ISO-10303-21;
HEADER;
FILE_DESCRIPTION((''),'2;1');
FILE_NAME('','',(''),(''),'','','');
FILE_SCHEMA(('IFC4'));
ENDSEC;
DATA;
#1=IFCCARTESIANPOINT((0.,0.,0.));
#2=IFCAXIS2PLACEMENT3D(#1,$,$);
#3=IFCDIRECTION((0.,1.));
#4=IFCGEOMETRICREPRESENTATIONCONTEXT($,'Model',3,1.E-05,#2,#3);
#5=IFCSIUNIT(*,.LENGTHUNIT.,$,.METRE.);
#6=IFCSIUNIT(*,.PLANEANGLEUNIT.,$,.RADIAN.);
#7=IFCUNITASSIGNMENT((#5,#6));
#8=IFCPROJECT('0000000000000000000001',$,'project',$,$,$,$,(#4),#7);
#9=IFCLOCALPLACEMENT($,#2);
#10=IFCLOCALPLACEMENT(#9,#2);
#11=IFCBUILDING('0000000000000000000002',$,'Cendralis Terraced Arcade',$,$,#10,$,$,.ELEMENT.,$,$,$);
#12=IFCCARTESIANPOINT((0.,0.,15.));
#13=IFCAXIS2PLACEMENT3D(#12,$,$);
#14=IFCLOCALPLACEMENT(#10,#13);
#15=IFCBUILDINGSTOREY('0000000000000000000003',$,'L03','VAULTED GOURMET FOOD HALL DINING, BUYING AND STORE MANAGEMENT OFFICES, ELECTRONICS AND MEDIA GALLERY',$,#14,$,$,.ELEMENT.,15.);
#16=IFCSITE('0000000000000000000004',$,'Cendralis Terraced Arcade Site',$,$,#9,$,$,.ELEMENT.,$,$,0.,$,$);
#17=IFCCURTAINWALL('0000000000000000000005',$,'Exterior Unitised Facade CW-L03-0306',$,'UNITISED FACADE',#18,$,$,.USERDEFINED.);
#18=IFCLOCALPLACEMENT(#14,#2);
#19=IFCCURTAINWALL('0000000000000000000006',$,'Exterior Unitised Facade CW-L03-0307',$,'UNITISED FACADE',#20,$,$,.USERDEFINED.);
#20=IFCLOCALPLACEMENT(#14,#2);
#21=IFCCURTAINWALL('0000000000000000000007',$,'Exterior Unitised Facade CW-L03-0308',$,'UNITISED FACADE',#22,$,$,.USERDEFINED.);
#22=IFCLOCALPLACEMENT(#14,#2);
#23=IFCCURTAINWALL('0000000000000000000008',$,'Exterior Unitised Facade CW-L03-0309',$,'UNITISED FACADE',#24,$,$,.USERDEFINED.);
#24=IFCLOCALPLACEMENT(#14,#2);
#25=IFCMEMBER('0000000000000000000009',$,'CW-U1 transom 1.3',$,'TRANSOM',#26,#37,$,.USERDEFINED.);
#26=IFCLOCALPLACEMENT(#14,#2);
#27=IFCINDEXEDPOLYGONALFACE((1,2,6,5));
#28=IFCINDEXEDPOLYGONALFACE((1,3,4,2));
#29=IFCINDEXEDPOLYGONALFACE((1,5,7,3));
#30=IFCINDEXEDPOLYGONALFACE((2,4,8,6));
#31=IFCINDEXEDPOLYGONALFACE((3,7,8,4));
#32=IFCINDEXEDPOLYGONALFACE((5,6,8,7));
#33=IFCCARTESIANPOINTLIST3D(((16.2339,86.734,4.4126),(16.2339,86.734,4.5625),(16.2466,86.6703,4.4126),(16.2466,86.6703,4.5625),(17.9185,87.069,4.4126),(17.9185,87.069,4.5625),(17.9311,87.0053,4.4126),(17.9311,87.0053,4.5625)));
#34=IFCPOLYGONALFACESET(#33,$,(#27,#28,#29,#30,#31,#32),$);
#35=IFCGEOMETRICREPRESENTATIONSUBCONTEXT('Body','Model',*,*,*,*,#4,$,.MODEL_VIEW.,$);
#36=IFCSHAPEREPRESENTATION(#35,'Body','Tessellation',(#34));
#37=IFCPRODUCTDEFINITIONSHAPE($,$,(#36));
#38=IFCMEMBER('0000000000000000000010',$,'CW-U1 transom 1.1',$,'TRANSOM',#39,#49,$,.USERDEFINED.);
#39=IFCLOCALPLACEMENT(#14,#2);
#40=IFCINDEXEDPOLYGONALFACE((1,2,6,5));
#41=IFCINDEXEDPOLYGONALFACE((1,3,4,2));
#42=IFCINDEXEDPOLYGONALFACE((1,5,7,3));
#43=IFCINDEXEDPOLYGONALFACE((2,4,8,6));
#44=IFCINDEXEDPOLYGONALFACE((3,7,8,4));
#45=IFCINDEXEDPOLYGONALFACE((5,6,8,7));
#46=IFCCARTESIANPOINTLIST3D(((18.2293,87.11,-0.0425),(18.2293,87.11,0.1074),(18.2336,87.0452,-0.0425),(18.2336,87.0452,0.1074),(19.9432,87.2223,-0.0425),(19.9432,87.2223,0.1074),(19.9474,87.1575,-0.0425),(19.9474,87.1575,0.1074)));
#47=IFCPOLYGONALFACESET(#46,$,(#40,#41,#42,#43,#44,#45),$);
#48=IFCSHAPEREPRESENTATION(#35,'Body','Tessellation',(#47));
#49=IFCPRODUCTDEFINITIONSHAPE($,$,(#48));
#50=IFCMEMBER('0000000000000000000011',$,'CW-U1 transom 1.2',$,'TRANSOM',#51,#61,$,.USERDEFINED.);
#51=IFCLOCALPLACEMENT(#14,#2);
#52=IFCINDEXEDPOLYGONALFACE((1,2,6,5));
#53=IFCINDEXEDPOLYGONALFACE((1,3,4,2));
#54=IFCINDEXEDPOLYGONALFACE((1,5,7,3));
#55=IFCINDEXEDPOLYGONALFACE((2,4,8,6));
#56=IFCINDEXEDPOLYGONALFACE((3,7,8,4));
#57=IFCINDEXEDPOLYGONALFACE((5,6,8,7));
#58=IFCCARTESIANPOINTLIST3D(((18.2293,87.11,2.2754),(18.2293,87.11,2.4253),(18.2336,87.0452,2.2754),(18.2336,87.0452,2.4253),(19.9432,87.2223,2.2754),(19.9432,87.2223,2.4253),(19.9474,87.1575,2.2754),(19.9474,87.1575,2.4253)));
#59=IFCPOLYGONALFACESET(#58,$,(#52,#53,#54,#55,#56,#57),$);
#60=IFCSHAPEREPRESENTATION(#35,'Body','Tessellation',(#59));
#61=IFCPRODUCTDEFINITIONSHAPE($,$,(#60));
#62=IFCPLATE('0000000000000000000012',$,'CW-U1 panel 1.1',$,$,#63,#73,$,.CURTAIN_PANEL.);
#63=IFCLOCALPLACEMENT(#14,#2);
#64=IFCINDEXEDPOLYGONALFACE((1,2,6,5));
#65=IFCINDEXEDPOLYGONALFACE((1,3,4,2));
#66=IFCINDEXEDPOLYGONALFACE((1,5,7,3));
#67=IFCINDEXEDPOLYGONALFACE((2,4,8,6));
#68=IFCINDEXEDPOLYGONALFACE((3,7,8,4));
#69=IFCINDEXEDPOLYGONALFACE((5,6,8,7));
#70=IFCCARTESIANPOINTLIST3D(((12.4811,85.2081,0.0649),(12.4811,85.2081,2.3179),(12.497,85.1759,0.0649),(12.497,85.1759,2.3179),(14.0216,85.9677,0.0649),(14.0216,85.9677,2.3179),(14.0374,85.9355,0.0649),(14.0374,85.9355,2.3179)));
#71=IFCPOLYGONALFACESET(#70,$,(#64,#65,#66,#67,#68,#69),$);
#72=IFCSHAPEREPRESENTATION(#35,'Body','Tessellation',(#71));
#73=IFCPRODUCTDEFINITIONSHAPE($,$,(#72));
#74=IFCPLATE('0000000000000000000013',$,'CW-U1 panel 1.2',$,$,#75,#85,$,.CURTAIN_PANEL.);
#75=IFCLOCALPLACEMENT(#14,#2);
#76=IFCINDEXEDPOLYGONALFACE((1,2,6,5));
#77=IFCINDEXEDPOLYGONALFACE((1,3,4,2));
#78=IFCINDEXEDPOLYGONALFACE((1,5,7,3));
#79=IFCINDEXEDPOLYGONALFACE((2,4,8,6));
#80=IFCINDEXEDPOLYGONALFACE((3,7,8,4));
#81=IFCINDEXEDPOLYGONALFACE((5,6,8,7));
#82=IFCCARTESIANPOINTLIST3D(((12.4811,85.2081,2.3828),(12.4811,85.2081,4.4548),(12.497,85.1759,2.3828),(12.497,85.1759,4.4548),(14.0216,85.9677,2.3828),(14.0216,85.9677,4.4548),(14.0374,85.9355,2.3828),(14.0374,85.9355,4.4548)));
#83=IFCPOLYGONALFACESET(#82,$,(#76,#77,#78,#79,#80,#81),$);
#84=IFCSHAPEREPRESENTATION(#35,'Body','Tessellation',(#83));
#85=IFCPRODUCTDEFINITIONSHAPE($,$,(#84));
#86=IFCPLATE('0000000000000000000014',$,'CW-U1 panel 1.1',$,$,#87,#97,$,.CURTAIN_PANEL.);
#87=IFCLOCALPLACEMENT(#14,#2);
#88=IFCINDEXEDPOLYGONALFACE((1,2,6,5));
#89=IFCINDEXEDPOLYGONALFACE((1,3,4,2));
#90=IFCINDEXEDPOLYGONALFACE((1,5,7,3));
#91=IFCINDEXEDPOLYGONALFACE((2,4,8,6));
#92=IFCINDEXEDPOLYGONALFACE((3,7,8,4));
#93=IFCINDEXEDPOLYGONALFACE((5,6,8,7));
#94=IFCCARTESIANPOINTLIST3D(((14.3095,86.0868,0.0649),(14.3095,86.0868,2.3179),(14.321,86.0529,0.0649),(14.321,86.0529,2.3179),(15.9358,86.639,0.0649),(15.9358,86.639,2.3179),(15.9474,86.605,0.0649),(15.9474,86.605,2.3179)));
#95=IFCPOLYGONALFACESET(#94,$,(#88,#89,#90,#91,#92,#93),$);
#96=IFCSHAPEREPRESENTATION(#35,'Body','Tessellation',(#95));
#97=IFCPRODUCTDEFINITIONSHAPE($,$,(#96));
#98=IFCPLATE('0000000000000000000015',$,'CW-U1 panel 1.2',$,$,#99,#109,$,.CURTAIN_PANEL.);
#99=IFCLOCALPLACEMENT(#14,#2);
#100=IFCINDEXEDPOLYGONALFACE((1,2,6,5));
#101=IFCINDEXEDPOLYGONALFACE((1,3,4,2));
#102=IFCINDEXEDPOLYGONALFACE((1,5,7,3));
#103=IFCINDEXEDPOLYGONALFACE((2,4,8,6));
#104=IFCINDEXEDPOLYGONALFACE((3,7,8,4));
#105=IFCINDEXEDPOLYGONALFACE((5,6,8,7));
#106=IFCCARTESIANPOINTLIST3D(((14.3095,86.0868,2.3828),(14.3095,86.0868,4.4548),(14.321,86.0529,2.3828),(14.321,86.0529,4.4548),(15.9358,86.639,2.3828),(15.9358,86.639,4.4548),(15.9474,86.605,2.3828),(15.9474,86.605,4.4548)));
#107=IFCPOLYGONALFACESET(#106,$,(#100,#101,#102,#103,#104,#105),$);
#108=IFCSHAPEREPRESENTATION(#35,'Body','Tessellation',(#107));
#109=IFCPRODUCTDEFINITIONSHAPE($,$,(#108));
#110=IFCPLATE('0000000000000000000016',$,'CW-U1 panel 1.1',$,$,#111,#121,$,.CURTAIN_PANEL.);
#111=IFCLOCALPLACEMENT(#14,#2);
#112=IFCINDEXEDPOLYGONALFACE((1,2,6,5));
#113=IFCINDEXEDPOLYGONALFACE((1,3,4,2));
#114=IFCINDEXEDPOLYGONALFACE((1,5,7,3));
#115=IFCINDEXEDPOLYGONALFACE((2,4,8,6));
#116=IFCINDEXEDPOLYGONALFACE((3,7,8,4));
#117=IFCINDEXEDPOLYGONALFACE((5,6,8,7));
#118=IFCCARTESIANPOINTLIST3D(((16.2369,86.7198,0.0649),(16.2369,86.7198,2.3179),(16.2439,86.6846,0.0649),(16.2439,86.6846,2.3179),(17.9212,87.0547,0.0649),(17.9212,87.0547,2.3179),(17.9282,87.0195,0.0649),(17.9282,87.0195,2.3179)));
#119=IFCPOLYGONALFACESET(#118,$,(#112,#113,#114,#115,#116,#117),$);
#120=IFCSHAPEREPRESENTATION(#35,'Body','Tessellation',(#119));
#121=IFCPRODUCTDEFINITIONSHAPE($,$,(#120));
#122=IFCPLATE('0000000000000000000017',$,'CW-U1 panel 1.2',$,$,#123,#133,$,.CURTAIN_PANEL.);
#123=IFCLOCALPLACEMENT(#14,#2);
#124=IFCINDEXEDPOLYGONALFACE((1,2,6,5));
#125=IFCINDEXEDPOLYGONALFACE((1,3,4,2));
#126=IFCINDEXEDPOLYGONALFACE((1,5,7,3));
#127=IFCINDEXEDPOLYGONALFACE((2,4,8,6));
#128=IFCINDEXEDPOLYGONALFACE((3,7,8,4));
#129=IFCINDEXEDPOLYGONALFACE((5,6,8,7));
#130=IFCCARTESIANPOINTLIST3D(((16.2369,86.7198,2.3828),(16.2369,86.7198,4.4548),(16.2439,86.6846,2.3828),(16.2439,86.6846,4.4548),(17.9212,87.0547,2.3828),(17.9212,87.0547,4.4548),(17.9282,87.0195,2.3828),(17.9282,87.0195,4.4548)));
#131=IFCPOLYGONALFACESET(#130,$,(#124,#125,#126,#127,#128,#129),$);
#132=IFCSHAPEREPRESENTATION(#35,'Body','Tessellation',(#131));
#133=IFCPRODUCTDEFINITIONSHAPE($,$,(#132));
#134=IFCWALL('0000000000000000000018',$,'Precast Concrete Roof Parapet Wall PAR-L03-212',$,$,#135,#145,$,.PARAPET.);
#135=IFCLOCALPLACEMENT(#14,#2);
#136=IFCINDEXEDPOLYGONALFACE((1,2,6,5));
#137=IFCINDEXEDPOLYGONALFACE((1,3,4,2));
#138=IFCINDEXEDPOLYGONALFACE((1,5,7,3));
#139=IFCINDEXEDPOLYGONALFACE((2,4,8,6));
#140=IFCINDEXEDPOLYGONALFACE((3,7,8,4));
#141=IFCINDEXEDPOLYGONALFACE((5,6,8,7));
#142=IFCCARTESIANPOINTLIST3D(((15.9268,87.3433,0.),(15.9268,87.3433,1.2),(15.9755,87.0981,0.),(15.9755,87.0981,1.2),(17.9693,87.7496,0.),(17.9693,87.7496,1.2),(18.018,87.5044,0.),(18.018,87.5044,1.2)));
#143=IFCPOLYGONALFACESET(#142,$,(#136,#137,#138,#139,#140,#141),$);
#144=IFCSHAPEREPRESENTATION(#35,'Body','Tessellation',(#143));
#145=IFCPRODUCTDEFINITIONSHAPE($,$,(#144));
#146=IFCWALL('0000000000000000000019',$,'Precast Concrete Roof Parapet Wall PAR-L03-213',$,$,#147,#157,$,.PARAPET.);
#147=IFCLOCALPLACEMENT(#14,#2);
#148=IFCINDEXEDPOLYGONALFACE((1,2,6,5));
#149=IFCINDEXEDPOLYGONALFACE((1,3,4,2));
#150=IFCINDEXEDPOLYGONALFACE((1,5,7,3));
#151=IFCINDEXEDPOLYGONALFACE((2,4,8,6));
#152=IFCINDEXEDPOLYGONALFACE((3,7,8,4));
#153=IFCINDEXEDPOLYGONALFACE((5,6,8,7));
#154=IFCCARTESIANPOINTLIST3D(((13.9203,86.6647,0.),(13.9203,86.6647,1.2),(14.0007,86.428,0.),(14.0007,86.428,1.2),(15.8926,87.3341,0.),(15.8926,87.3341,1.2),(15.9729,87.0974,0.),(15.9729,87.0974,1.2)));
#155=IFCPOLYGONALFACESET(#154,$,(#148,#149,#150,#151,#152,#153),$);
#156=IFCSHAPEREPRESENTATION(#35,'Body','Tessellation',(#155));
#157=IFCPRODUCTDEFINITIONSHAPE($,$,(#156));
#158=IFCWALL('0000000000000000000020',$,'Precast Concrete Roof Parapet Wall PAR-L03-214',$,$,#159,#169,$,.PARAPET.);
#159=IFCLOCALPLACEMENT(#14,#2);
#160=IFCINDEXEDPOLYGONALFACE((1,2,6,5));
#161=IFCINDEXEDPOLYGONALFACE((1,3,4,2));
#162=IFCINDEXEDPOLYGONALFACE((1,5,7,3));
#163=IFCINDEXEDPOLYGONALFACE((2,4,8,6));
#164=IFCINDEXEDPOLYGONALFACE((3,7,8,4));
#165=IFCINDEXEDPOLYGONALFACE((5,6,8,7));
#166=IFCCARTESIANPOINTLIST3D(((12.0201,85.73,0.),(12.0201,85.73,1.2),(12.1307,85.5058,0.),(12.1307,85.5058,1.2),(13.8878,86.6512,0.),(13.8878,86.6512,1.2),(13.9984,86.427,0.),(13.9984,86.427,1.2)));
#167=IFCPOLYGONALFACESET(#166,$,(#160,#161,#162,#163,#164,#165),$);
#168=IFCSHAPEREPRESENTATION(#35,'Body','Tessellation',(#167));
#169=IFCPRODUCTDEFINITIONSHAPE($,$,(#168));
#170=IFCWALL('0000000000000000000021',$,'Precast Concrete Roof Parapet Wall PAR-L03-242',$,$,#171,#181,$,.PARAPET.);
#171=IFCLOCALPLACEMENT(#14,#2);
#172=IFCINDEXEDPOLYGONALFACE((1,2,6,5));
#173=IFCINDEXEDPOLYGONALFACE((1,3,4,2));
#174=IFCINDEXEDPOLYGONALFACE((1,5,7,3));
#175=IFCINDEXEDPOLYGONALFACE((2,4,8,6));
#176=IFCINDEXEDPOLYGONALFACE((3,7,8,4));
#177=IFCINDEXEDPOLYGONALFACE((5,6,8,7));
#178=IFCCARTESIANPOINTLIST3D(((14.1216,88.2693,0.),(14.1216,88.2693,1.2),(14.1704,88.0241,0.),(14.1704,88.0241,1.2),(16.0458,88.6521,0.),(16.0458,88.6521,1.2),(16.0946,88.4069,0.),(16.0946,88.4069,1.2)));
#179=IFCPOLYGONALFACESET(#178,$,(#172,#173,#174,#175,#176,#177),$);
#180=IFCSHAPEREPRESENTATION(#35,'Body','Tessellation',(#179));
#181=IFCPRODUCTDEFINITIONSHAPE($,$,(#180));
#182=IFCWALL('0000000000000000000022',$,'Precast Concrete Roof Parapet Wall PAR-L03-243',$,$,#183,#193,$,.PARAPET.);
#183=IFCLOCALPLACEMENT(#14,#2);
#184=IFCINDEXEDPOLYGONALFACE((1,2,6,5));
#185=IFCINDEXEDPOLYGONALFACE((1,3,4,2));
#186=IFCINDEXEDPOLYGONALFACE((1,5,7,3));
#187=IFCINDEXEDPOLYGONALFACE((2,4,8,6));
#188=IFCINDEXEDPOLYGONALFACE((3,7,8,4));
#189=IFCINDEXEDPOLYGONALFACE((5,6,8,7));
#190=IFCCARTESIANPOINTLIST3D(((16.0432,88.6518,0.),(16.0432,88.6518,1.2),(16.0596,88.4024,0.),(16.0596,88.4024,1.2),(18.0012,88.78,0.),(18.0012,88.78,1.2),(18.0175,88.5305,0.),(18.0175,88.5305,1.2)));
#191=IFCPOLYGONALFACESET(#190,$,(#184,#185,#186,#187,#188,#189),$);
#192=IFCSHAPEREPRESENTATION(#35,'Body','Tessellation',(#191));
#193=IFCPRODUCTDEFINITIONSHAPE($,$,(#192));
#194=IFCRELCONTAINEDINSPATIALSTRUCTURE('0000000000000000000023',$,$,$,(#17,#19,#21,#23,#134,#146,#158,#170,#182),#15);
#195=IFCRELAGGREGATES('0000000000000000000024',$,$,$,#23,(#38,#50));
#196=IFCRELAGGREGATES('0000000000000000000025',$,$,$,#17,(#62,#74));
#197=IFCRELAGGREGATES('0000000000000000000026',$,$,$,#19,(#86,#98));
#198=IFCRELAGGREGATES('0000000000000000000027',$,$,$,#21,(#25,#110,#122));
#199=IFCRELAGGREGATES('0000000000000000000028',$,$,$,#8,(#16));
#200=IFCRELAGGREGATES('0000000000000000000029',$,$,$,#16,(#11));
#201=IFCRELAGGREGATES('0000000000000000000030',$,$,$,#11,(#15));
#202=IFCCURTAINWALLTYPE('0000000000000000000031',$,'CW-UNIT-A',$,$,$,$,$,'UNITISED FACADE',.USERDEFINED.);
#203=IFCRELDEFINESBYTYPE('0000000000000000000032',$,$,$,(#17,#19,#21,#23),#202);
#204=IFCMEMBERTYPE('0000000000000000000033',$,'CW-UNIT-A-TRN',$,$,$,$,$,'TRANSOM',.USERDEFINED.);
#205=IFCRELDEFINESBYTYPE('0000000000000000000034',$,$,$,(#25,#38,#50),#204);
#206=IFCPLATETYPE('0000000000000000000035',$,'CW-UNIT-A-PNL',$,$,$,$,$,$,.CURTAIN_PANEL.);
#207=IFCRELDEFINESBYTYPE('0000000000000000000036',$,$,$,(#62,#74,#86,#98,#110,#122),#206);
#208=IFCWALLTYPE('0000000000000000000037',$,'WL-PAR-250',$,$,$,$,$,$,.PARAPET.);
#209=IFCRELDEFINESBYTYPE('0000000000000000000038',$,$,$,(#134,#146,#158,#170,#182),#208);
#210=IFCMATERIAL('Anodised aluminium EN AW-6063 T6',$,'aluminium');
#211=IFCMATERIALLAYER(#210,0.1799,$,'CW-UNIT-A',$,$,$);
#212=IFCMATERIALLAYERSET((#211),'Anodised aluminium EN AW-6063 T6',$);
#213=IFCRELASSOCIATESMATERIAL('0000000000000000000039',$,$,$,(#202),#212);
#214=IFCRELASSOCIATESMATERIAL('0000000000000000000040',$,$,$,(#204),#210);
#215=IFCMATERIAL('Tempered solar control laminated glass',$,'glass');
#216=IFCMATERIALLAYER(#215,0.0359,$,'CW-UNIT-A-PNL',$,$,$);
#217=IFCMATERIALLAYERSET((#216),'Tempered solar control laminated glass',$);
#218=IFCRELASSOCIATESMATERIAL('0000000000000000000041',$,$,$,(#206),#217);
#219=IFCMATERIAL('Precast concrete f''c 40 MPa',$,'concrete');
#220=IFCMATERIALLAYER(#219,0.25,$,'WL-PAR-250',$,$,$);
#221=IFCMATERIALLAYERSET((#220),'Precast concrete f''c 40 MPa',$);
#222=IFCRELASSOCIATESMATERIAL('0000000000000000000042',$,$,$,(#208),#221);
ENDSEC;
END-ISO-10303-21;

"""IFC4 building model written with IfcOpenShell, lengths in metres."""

from ifc_helpers import new_model, si_unit, direction, frame, frame_2d, origin, origin_2d, place, context, subcontext, project, spatial, rectangle, extrude, material, layer, layer_set, material_profile, profile_set, type_object, element, aggregate, save


model = new_model("IFC4")

# Units and contexts
model_context = context("Model", 3, precision=1e-05, world=origin(), true_north=direction((0.0, 1.0)))
body_context = subcontext(model_context, "Body", "Model", "MODEL_VIEW")
ifc_project = project(units=[si_unit("LENGTHUNIT", "METRE"), si_unit("PLANEANGLEUNIT", "RADIAN")], contexts=[model_context])

# Site, building, storey
site_placement = place(None, origin())
site = spatial("IfcSite", under=ifc_project, at=site_placement, Name="Cendralis Terraced Arcade Site", CompositionType="ELEMENT", RefElevation=0.0)
building_placement = place(site_placement, origin())
building = spatial("IfcBuilding", under=site, at=building_placement, Name="Cendralis Terraced Arcade", CompositionType="ELEMENT")
storey_placement = place(building_placement, frame((0.0, 0.0, 15.0)))
storey = spatial("IfcBuildingStorey", under=building, at=storey_placement, Name="L03", Description="VAULTED GOURMET FOOD HALL DINING, BUYING AND STORE MANAGEMENT OFFICES, ELECTRONICS AND MEDIA GALLERY", CompositionType="ELEMENT", Elevation=15.0)

# Curtain wall
ifc_material_1 = material(Name="Anodised aluminium EN AW-6063 T6", Category="aluminium")
ifc_layer_1 = layer(ifc_material_1, 0.1799, Name="CW-UNIT-A")
ifc_layer_set_1 = layer_set([ifc_layer_1], Name="Anodised aluminium EN AW-6063 T6")
curtain_wall_type = type_object("IfcCurtainWallType", Name="CW-UNIT-A", ElementType="UNITISED FACADE", PredefinedType="USERDEFINED", material=ifc_layer_set_1)
curtain_wall_1_placement = place(storey_placement, origin())
curtain_wall_1 = element("IfcCurtainWall", 1, at=curtain_wall_1_placement, inside=storey, type_object=curtain_wall_type, Name="Exterior Unitised Facade CW-L03-0306", ObjectType="UNITISED FACADE", PredefinedType="USERDEFINED")

# Curtain walls
curtain_wall_2_placement = place(storey_placement, origin())
curtain_wall_2 = element("IfcCurtainWall", 2, at=curtain_wall_2_placement, inside=storey, type_object=curtain_wall_type, Name="Exterior Unitised Facade CW-L03-0307", ObjectType="UNITISED FACADE", PredefinedType="USERDEFINED")
curtain_wall_3_placement = place(storey_placement, origin())
curtain_wall_3 = element("IfcCurtainWall", 3, at=curtain_wall_3_placement, inside=storey, type_object=curtain_wall_type, Name="Exterior Unitised Facade CW-L03-0308", ObjectType="UNITISED FACADE", PredefinedType="USERDEFINED")

# Curtain wall
curtain_wall_4_placement = place(storey_placement, origin())
curtain_wall_4 = element("IfcCurtainWall", 4, at=curtain_wall_4_placement, inside=storey, type_object=curtain_wall_type, Name="Exterior Unitised Facade CW-L03-0309", ObjectType="UNITISED FACADE", PredefinedType="USERDEFINED")

# Members
ifc_material_profile_1 = material_profile(ifc_material_1, rectangle(XDim=0.0649, YDim=0.1499, at=origin_2d()), Name="ALU-TRN-65x150")
ifc_profile_set_1 = profile_set([ifc_material_profile_1], Name="Anodised aluminium EN AW-6063 T6")
member_type_1 = type_object("IfcMemberType", Name="CW-UNIT-A-TRN", ElementType="TRANSOM", PredefinedType="USERDEFINED", material=ifc_profile_set_1)
member_1_placement = place(storey_placement, frame((16.2402, 86.7021, 4.4875), z_axis=(0.980799, 0.195023, 0.0), x_axis=(-0.195023, 0.980799, 0.0)))
member_1 = element("IfcMember", 5, at=member_1_placement, type_object=member_type_1, Name="CW-U1 transom 1.3", ObjectType="TRANSOM", PredefinedType="USERDEFINED", context=body_context, shape_type="SweptSolid", body=[
    extrude(rectangle(XDim=0.0649, YDim=0.1499, at=origin_2d()), origin(), (0.0, 0.0, 1.0), 1.7175),
])
member_2_placement = place(storey_placement, frame((18.2314, 87.0776, 0.0325), z_axis=(0.99786, 0.065387, 0.0), x_axis=(-0.065387, 0.99786, 0.0)))
member_2 = element("IfcMember", 6, at=member_2_placement, type_object=member_type_1, Name="CW-U1 transom 1.1", ObjectType="TRANSOM", PredefinedType="USERDEFINED", context=body_context, shape_type="SweptSolid", body=[
    extrude(rectangle(XDim=0.0649, YDim=0.1499, at=origin_2d()), origin(), (0.0, 0.0, 1.0), 1.7175),
])
member_3_placement = place(storey_placement, frame((18.2314, 87.0776, 2.3503), z_axis=(0.99786, 0.065387, 0.0), x_axis=(-0.065387, 0.99786, 0.0)))
member_3 = element("IfcMember", 7, at=member_3_placement, type_object=member_type_1, Name="CW-U1 transom 1.2", ObjectType="TRANSOM", PredefinedType="USERDEFINED", context=body_context, shape_type="SweptSolid", body=[
    extrude(rectangle(XDim=0.0649, YDim=0.1499, at=origin_2d()), origin(), (0.0, 0.0, 1.0), 1.7175),
])
aggregate(curtain_wall_4, [member_2, member_3])

# Plates
ifc_material_2 = material(Name="Tempered solar control laminated glass", Category="glass")
ifc_layer_2 = layer(ifc_material_2, 0.0359, Name="CW-UNIT-A-PNL")
ifc_layer_set_2 = layer_set([ifc_layer_2], Name="Tempered solar control laminated glass")
plate_type = type_object("IfcPlateType", Name="CW-UNIT-A-PNL", PredefinedType="CURTAIN_PANEL", material=ifc_layer_set_2)
plate_1_placement = place(storey_placement, frame((13.2593, 85.5718, 0.0649), z_axis=(0.0, 0.0, 1.0), x_axis=(0.896882, 0.44227, 0.0)))
plate_1 = element("IfcPlate", 8, at=plate_1_placement, type_object=plate_type, Name="CW-U1 panel 1.1", PredefinedType="CURTAIN_PANEL", context=body_context, shape_type="SweptSolid", body=[
    extrude(rectangle(XDim=1.7175, YDim=0.0359, at=origin_2d()), origin(), (0.0, 0.0, 1.0), 2.2529),
])
plate_2_placement = place(storey_placement, frame((13.2593, 85.5718, 2.3828), z_axis=(0.0, 0.0, 1.0), x_axis=(0.896882, 0.44227, 0.0)))
plate_2 = element("IfcPlate", 9, at=plate_2_placement, type_object=plate_type, Name="CW-U1 panel 1.2", PredefinedType="CURTAIN_PANEL", context=body_context, shape_type="SweptSolid", body=[
    extrude(rectangle(XDim=1.7175, YDim=0.0359, at=origin_2d()), origin(), (0.0, 0.0, 1.0), 2.072),
])
aggregate(curtain_wall_1, [plate_1, plate_2])
plate_3_placement = place(storey_placement, frame((15.1284, 86.3459, 0.0649), z_axis=(0.0, 0.0, 1.0), x_axis=(0.94691, 0.3215, 0.0)))
plate_3 = element("IfcPlate", 10, at=plate_3_placement, type_object=plate_type, Name="CW-U1 panel 1.1", PredefinedType="CURTAIN_PANEL", context=body_context, shape_type="SweptSolid", body=[
    extrude(rectangle(XDim=1.7175, YDim=0.0359, at=origin_2d()), origin(), (0.0, 0.0, 1.0), 2.2529),
])
plate_4_placement = place(storey_placement, frame((15.1284, 86.3459, 2.3828), z_axis=(0.0, 0.0, 1.0), x_axis=(0.94691, 0.3215, 0.0)))
plate_4 = element("IfcPlate", 11, at=plate_4_placement, type_object=plate_type, Name="CW-U1 panel 1.2", PredefinedType="CURTAIN_PANEL", context=body_context, shape_type="SweptSolid", body=[
    extrude(rectangle(XDim=1.7175, YDim=0.0359, at=origin_2d()), origin(), (0.0, 0.0, 1.0), 2.072),
])
aggregate(curtain_wall_2, [plate_3, plate_4])
plate_5_placement = place(storey_placement, frame((17.0825, 86.8696, 0.0649), z_axis=(0.0, 0.0, 1.0), x_axis=(0.980797, 0.195033, 0.0)))
plate_5 = element("IfcPlate", 12, at=plate_5_placement, type_object=plate_type, Name="CW-U1 panel 1.1", PredefinedType="CURTAIN_PANEL", context=body_context, shape_type="SweptSolid", body=[
    extrude(rectangle(XDim=1.7173, YDim=0.0359, at=origin_2d()), origin(), (0.0, 0.0, 1.0), 2.2529),
])
plate_6_placement = place(storey_placement, frame((17.0825, 86.8696, 2.3828), z_axis=(0.0, 0.0, 1.0), x_axis=(0.980797, 0.195033, 0.0)))
plate_6 = element("IfcPlate", 13, at=plate_6_placement, type_object=plate_type, Name="CW-U1 panel 1.2", PredefinedType="CURTAIN_PANEL", context=body_context, shape_type="SweptSolid", body=[
    extrude(rectangle(XDim=1.7173, YDim=0.0359, at=origin_2d()), origin(), (0.0, 0.0, 1.0), 2.072),
])
aggregate(curtain_wall_3, [member_1, plate_5, plate_6])

# Walls
ifc_material_3 = material(Name="Precast concrete f'c 40 MPa", Category="concrete")
ifc_layer_3 = layer(ifc_material_3, 0.25, Name="WL-PAR-250")
ifc_layer_set_3 = layer_set([ifc_layer_3], Name="Precast concrete f'c 40 MPa")
wall_type = type_object("IfcWallType", Name="WL-PAR-250", PredefinedType="PARAPET", material=ifc_layer_set_3)
wall_1_placement = place(storey_placement, frame((17.9937, 87.627, 0.0), z_axis=(0.0, 0.0, 1.0), x_axis=(-0.980788, -0.195079, 0.0)))
element("IfcWall", 14, at=wall_1_placement, inside=storey, type_object=wall_type, Name="Precast Concrete Roof Parapet Wall PAR-L03-212", PredefinedType="PARAPET", context=body_context, shape_type="SweptSolid", body=[
    extrude(rectangle(XDim=2.0825, YDim=0.25, at=frame_2d((1.0413, 0.0))), origin(), (0.0, 0.0, 1.0), 1.2),
])
wall_2_placement = place(storey_placement, frame((15.9329, 87.2158, 0.0), z_axis=(0.0, 0.0, 1.0), x_axis=(-0.946934, -0.321428, 0.0)))
element("IfcWall", 15, at=wall_2_placement, inside=storey, type_object=wall_type, Name="Precast Concrete Roof Parapet Wall PAR-L03-213", PredefinedType="PARAPET", context=body_context, shape_type="SweptSolid", body=[
    extrude(rectangle(XDim=2.0828, YDim=0.25, at=frame_2d((1.0415, 0.0))), origin(), (0.0, 0.0, 1.0), 1.2),
])
wall_3_placement = place(storey_placement, frame((13.9431, 86.5391, 0.0), z_axis=(0.0, 0.0, 1.0), x_axis=(-0.896852, -0.44233, 0.0)))
element("IfcWall", 16, at=wall_3_placement, inside=storey, type_object=wall_type, Name="Precast Concrete Roof Parapet Wall PAR-L03-214", PredefinedType="PARAPET", context=body_context, shape_type="SweptSolid", body=[
    extrude(rectangle(XDim=2.0825, YDim=0.25, at=frame_2d((1.0413, 0.0))), origin(), (0.0, 0.0, 1.0), 1.2),
])
wall_4_placement = place(storey_placement, frame((14.146, 88.1467, 0.0), z_axis=(0.0, 0.0, 1.0), x_axis=(0.980781, 0.195111, 0.0)))
element("IfcWall", 17, at=wall_4_placement, inside=storey, type_object=wall_type, Name="Precast Concrete Roof Parapet Wall PAR-L03-242", PredefinedType="PARAPET", context=body_context, shape_type="SweptSolid", body=[
    extrude(rectangle(XDim=1.9619, YDim=0.25, at=frame_2d((0.981, 0.0))), origin(), (0.0, 0.0, 1.0), 1.2),
])
wall_5_placement = place(storey_placement, frame((16.0515, 88.5271, 0.0), z_axis=(0.0, 0.0, 1.0), x_axis=(0.997864, 0.065322, 0.0)))
element("IfcWall", 18, at=wall_5_placement, inside=storey, type_object=wall_type, Name="Precast Concrete Roof Parapet Wall PAR-L03-243", PredefinedType="PARAPET", context=body_context, shape_type="SweptSolid", body=[
    extrude(rectangle(XDim=1.9622, YDim=0.25, at=frame_2d((0.981, 0.0))), origin(), (0.0, 0.0, 1.0), 1.2),
])

save(model, "model.ifc")
